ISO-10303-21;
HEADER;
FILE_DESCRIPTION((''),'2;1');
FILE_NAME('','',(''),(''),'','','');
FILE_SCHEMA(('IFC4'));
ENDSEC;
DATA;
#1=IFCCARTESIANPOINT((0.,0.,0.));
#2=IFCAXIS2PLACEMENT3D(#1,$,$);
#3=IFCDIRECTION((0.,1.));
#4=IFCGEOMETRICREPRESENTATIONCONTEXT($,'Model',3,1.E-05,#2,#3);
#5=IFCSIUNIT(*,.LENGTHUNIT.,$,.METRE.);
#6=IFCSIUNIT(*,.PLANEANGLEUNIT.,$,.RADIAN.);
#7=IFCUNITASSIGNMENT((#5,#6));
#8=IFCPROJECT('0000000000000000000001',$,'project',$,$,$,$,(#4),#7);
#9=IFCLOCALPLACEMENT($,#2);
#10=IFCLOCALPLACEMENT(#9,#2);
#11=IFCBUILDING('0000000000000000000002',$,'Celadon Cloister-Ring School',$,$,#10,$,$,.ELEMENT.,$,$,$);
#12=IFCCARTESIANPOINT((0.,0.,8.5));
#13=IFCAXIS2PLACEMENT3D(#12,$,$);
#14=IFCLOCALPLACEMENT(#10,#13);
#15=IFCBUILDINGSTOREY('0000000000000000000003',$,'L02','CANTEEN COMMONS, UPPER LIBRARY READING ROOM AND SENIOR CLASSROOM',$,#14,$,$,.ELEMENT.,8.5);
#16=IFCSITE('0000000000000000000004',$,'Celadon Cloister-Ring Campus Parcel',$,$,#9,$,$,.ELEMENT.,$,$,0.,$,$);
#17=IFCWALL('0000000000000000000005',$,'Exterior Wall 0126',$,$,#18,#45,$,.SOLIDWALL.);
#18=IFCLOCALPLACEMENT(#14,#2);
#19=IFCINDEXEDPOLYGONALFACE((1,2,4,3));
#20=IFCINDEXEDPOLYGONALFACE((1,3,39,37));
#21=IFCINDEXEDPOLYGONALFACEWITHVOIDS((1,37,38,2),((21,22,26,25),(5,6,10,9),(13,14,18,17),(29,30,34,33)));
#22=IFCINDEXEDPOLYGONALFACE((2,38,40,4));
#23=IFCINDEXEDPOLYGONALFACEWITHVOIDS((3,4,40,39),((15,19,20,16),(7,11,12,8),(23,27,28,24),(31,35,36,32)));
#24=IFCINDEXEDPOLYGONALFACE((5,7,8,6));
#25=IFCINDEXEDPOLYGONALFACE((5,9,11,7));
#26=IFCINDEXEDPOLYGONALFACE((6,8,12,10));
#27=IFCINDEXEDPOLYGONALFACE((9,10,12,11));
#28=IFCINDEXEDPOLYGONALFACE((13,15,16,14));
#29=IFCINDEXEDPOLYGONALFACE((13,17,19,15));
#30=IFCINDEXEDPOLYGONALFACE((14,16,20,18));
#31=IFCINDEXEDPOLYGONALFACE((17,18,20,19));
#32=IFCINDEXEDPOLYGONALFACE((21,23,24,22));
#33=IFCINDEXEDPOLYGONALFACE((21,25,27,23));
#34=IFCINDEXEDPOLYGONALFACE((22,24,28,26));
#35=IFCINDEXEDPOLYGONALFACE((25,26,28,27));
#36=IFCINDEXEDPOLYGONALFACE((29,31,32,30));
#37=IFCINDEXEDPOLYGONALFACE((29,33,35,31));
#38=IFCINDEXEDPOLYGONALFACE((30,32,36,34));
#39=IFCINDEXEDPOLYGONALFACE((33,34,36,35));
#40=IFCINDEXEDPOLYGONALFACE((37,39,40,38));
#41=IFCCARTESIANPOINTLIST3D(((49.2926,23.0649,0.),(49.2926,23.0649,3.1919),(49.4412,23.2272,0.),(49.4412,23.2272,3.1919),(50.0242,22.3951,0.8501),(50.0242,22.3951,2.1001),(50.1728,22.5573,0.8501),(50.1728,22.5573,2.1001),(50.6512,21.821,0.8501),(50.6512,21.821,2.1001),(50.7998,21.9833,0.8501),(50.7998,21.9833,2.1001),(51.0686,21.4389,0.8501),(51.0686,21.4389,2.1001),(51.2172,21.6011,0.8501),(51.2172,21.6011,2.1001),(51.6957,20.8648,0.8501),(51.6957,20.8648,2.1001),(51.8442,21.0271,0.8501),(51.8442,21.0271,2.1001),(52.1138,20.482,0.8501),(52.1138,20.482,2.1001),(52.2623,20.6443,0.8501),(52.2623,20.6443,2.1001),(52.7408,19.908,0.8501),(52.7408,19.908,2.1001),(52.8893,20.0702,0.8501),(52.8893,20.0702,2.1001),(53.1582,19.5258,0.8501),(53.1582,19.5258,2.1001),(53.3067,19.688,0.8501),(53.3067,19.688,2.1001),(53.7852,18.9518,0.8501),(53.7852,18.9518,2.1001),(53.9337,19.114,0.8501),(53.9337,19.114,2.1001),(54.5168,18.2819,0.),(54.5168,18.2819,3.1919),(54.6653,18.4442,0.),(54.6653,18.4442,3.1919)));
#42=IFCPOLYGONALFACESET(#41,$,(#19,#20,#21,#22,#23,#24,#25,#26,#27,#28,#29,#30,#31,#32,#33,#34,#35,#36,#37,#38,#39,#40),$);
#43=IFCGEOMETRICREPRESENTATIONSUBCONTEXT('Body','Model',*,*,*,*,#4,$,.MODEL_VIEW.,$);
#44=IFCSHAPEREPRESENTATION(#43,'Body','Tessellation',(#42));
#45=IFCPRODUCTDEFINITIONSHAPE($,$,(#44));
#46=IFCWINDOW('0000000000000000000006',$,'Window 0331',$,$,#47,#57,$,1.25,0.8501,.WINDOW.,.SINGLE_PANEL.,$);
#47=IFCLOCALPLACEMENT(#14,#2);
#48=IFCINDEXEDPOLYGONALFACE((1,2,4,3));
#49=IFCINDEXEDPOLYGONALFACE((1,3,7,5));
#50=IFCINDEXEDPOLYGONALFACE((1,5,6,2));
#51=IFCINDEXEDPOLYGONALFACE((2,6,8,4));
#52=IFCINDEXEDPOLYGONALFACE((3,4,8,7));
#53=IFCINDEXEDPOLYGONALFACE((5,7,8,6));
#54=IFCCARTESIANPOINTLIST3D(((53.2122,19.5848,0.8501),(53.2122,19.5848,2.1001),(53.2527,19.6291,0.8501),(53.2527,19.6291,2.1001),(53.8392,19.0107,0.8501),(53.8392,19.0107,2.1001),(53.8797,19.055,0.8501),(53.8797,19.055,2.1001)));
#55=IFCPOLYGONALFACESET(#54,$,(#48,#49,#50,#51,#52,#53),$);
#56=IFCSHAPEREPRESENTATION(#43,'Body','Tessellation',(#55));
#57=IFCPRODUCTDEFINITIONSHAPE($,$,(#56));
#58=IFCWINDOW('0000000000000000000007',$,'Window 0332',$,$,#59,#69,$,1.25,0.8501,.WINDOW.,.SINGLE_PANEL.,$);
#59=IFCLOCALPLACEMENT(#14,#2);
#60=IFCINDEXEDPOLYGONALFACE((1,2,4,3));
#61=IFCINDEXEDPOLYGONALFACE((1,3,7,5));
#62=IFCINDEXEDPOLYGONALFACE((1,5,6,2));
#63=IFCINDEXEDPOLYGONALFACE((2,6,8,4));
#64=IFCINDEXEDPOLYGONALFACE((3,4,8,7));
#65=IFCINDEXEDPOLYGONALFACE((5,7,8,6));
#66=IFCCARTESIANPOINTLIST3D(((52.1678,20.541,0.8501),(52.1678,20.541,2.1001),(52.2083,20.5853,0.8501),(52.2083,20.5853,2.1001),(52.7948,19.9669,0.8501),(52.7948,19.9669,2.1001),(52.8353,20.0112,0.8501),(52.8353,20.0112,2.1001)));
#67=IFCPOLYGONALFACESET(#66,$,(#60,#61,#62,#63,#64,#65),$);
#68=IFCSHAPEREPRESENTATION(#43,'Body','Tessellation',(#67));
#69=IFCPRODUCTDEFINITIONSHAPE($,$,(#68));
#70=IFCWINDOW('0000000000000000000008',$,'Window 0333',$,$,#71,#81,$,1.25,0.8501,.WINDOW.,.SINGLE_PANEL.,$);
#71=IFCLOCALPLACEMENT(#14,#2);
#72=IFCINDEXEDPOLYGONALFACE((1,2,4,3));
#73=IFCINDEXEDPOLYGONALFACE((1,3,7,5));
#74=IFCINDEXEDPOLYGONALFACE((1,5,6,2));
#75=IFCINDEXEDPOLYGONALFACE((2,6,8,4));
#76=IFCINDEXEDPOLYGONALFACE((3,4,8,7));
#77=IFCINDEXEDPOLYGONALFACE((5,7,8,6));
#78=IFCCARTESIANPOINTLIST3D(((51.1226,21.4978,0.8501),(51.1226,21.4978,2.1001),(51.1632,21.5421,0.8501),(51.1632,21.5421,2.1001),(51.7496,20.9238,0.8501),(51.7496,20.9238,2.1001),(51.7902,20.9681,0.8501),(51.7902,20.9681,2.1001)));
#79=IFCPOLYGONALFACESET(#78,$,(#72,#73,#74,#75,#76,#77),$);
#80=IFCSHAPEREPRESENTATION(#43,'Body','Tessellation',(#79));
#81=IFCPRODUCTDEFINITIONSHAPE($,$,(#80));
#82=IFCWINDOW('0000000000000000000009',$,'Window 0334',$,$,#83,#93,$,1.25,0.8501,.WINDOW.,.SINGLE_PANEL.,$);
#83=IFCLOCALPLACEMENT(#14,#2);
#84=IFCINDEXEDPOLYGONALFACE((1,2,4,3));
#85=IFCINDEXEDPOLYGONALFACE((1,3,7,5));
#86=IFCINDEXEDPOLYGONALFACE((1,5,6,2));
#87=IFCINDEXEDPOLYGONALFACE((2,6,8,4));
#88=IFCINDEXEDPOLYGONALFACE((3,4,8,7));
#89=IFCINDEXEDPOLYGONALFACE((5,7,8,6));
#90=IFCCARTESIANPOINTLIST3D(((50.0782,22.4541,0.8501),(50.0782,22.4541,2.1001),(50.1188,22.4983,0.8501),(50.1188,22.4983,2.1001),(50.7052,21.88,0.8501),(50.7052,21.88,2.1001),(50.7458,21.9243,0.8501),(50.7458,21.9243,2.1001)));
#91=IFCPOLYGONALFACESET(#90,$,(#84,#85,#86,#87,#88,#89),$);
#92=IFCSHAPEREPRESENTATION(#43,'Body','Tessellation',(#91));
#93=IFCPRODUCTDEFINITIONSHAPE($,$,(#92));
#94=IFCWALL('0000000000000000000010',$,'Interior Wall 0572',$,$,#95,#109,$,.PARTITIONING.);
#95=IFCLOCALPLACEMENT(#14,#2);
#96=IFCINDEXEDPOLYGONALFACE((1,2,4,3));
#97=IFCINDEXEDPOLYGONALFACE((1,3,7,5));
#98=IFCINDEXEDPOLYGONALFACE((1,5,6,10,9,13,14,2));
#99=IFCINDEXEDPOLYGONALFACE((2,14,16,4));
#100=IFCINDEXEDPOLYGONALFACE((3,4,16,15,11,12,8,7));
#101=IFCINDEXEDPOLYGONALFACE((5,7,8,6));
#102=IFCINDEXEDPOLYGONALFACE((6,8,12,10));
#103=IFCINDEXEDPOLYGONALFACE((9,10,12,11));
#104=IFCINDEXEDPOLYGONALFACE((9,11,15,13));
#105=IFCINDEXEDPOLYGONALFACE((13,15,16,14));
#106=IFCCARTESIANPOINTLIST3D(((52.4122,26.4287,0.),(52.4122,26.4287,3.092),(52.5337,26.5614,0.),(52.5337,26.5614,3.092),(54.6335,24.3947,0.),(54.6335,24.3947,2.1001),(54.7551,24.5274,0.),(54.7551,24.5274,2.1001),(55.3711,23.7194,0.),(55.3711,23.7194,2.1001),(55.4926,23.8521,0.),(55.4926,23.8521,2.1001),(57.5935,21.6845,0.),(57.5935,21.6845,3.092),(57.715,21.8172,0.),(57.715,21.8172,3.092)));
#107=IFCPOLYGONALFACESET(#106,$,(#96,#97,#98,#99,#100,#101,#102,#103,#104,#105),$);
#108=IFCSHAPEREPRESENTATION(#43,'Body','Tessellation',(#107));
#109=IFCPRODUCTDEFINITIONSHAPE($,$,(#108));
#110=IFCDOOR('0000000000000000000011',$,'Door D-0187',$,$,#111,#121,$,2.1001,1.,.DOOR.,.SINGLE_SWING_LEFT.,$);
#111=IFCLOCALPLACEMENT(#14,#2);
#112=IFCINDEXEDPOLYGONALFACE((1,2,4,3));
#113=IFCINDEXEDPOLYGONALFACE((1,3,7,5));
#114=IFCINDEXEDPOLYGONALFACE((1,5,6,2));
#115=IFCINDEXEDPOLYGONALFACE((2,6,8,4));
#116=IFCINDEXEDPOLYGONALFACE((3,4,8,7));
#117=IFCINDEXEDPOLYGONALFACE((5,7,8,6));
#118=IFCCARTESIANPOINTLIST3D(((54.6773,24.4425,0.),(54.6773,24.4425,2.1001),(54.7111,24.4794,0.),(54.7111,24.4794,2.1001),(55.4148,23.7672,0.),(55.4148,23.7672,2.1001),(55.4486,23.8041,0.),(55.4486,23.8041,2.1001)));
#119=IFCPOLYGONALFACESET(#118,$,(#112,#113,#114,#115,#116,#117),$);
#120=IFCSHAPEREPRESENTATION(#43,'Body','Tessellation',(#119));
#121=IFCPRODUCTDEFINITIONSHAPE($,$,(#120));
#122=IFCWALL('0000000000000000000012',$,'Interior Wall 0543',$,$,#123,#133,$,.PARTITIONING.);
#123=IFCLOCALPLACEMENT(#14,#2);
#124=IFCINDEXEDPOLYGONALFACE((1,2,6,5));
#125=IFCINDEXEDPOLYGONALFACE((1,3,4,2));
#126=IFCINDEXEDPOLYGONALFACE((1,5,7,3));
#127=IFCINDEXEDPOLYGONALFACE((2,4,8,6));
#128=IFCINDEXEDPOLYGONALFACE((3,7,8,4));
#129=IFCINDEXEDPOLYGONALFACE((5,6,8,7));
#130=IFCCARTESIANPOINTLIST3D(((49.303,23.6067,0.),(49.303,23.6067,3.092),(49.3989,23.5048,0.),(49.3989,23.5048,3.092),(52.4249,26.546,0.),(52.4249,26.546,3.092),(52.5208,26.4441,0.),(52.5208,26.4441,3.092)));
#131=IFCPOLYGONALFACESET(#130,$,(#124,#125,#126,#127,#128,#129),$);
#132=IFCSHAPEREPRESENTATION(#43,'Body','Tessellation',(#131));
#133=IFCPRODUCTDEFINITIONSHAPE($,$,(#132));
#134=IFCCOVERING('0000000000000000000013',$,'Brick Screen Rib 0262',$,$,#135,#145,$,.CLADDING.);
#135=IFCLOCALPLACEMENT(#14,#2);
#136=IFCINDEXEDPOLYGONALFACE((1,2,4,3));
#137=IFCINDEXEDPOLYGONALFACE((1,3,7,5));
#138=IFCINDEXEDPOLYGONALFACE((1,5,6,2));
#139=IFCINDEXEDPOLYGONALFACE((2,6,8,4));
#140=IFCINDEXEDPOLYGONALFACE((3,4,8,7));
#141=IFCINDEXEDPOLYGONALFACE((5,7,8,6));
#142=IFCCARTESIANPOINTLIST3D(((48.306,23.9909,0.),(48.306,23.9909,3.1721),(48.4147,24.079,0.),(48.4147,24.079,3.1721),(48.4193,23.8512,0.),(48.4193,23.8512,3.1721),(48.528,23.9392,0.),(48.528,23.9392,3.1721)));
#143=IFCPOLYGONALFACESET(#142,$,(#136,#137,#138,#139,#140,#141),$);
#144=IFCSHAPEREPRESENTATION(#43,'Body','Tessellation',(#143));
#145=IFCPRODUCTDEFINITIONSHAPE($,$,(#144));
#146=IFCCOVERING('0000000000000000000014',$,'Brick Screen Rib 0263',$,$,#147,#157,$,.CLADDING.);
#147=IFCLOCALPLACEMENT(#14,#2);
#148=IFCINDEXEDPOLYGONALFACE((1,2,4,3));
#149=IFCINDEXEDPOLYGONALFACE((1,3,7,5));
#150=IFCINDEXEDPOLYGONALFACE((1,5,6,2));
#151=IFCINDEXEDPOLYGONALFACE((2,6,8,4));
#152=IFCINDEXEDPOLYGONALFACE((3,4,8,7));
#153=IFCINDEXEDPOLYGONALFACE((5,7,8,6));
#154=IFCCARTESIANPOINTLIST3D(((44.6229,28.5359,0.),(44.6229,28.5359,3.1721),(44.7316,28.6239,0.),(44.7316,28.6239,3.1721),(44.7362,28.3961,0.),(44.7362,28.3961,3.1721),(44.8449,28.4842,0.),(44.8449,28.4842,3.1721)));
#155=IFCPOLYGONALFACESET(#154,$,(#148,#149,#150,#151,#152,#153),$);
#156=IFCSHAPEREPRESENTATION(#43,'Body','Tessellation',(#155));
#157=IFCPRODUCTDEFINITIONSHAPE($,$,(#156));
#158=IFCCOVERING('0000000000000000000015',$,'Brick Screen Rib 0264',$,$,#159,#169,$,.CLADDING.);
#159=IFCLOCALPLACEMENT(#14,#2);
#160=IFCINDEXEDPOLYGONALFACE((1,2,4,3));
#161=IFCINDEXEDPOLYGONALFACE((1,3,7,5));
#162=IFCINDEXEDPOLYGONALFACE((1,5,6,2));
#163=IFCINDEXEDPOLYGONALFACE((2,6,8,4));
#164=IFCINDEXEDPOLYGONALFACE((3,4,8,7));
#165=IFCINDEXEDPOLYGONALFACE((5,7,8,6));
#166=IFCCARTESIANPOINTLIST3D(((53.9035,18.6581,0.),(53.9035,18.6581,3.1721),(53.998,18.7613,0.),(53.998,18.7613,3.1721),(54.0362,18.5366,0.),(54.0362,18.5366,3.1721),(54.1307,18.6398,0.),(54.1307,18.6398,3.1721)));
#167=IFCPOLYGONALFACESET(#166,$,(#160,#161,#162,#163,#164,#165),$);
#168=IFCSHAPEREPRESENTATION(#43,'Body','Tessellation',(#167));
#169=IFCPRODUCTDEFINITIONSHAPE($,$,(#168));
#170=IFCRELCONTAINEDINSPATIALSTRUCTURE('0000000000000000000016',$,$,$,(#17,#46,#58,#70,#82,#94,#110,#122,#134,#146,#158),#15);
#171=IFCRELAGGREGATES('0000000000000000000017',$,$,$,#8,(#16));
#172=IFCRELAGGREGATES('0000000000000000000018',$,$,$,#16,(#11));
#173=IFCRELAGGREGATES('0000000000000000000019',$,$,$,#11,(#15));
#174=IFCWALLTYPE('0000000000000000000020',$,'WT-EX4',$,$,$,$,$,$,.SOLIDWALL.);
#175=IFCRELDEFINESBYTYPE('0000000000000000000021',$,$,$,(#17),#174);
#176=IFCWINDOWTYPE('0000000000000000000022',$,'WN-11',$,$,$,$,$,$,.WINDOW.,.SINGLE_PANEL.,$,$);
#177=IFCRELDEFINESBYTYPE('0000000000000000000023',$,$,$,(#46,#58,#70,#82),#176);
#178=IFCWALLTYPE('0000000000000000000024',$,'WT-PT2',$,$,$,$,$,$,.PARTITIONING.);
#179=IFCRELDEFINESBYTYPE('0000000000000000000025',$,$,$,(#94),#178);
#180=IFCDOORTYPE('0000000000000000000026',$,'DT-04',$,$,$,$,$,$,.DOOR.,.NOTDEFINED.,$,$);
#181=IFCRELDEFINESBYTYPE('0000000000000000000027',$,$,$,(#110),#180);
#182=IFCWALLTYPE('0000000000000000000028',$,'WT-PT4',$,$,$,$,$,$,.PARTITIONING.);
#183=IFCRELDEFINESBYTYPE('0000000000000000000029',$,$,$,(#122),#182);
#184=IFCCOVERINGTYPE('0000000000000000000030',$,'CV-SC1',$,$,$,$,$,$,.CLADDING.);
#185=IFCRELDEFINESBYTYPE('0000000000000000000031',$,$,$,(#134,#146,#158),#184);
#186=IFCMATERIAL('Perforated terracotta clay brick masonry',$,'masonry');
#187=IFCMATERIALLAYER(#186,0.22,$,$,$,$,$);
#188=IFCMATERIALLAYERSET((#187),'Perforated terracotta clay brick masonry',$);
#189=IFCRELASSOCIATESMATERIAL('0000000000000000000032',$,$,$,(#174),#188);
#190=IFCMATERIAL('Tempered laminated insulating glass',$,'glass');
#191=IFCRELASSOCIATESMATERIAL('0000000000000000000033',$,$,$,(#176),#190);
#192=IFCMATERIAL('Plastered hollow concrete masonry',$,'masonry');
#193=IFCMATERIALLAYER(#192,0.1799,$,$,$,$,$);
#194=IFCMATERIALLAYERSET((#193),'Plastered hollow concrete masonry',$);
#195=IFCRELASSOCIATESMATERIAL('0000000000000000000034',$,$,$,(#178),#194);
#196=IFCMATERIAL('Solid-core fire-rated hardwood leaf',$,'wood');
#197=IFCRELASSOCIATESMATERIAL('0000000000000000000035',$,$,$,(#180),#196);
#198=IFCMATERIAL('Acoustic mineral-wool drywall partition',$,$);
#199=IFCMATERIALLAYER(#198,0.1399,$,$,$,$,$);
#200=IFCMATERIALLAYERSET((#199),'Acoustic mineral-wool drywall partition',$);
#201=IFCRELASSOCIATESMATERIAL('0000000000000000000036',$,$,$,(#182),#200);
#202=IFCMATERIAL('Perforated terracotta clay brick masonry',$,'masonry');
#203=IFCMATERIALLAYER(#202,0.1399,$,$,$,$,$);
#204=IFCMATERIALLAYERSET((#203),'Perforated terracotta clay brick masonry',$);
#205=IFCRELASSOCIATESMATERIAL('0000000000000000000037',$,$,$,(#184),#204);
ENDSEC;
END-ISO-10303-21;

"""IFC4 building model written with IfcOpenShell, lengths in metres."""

from ifc_helpers import new_model, si_unit, direction, frame, frame_2d, origin, origin_2d, place, context, subcontext, project, spatial, rectangle, extrude, material, layer, layer_set, type_object, element, fill, save


model = new_model("IFC4")

# Units and contexts
model_context = context("Model", 3, precision=1e-05, world=origin(), true_north=direction((0.0, 1.0)))
body_context = subcontext(model_context, "Body", "Model", "MODEL_VIEW")
ifc_project = project(units=[si_unit("LENGTHUNIT", "METRE"), si_unit("PLANEANGLEUNIT", "RADIAN")], contexts=[model_context])

# Site, building, storey
site_placement = place(None, origin())
site = spatial("IfcSite", under=ifc_project, at=site_placement, Name="Celadon Cloister-Ring Campus Parcel", CompositionType="ELEMENT", RefElevation=0.0)
building_placement = place(site_placement, origin())
building = spatial("IfcBuilding", under=site, at=building_placement, Name="Celadon Cloister-Ring School", CompositionType="ELEMENT")
storey_placement = place(building_placement, frame((0.0, 0.0, 8.5)))
storey = spatial("IfcBuildingStorey", under=building, at=storey_placement, Name="L02", Description="CANTEEN COMMONS, UPPER LIBRARY READING ROOM AND SENIOR CLASSROOM", CompositionType="ELEMENT", Elevation=8.5)

# Wall, openings, windows
ifc_material_1 = material(Name="Perforated terracotta clay brick masonry", Category="masonry")
ifc_layer_1 = layer(ifc_material_1, 0.22)
ifc_layer_set_1 = layer_set([ifc_layer_1], Name="Perforated terracotta clay brick masonry")
wall_type_1 = type_object("IfcWallType", Name="WT-EX4", PredefinedType="SOLIDWALL", material=ifc_layer_set_1)
ifc_material_2 = material(Name="Tempered laminated insulating glass", Category="glass")
window_type_1 = type_object("IfcWindowType", Name="WN-11", PartitioningType="SINGLE_PANEL", PredefinedType="WINDOW", material=ifc_material_2)
wall_1_placement = place(storey_placement, frame((54.5911, 18.363, 0.0), z_axis=(0.0, 0.0, 1.0), x_axis=(-0.737563, 0.675278, 0.0)))
wall_1 = element("IfcWall", 1, at=wall_1_placement, inside=storey, type_object=wall_type_1, Name="Exterior Wall 0126", PredefinedType="SOLIDWALL", context=body_context, shape_type="SweptSolid", body=[
    extrude(rectangle(XDim=7.083, YDim=0.22, at=frame_2d((3.5415, 0.0))), origin(), (0.0, 0.0, 1.0), 3.1919),
])
opening_1_placement = place(wall_1_placement, frame((0.9919, 0.0, 0.8501)))
opening_1 = element("IfcOpeningElement", 2, at=opening_1_placement, cuts=wall_1, PredefinedType="OPENING", context=body_context, shape_type="SweptSolid", body=[
    extrude(rectangle(XDim=0.8501, YDim=1.25, at=frame_2d((0.425, 0.625))), frame((0.0, 0.1201, 0.0), z_axis=(0.0, -1.0, 0.0), x_axis=(1.0, 0.0, 0.0)), (0.0, 0.0, 1.0), 0.24),
])
opening_2_placement = place(wall_1_placement, frame((2.408, 0.0, 0.8501)))
opening_2 = element("IfcOpeningElement", 3, at=opening_2_placement, cuts=wall_1, PredefinedType="OPENING", context=body_context, shape_type="SweptSolid", body=[
    extrude(rectangle(XDim=0.8501, YDim=1.25, at=frame_2d((0.425, 0.625))), frame((0.0, 0.1201, 0.0), z_axis=(0.0, -1.0, 0.0), x_axis=(1.0, 0.0, 0.0)), (0.0, 0.0, 1.0), 0.24),
])
opening_3_placement = place(wall_1_placement, frame((3.825, 0.0, 0.8501)))
opening_3 = element("IfcOpeningElement", 4, at=opening_3_placement, cuts=wall_1, PredefinedType="OPENING", context=body_context, shape_type="SweptSolid", body=[
    extrude(rectangle(XDim=0.8501, YDim=1.25, at=frame_2d((0.425, 0.625))), frame((0.0, 0.1201, 0.0), z_axis=(0.0, -1.0, 0.0), x_axis=(1.0, 0.0, 0.0)), (0.0, 0.0, 1.0), 0.24),
])
opening_4_placement = place(wall_1_placement, frame((5.241, 0.0, 0.8501)))
opening_4 = element("IfcOpeningElement", 5, at=opening_4_placement, cuts=wall_1, PredefinedType="OPENING", context=body_context, shape_type="SweptSolid", body=[
    extrude(rectangle(XDim=0.8501, YDim=1.25, at=frame_2d((0.425, 0.625))), frame((0.0, 0.1201, 0.0), z_axis=(0.0, -1.0, 0.0), x_axis=(1.0, 0.0, 0.0)), (0.0, 0.0, 1.0), 0.24),
])
window_1_placement = place(opening_1_placement, origin())
window_1 = element("IfcWindow", 6, at=window_1_placement, inside=storey, type_object=window_type_1, Name="Window 0331", OverallHeight=1.25, OverallWidth=0.8501, PartitioningType="SINGLE_PANEL", PredefinedType="WINDOW", context=body_context, shape_type="SweptSolid", body=[
    extrude(rectangle(XDim=0.8501, YDim=1.25, at=frame_2d((0.425, 0.625))), frame((0.0, 0.03, 0.0), z_axis=(0.0, -1.0, 0.0), x_axis=(1.0, 0.0, 0.0)), (0.0, 0.0, 1.0), 0.0601),
])
fill(opening_1, window_1)
window_2_placement = place(opening_2_placement, origin())
window_2 = element("IfcWindow", 7, at=window_2_placement, inside=storey, type_object=window_type_1, Name="Window 0332", OverallHeight=1.25, OverallWidth=0.8501, PartitioningType="SINGLE_PANEL", PredefinedType="WINDOW", context=body_context, shape_type="SweptSolid", body=[
    extrude(rectangle(XDim=0.8501, YDim=1.25, at=frame_2d((0.425, 0.625))), frame((0.0, 0.03, 0.0), z_axis=(0.0, -1.0, 0.0), x_axis=(1.0, 0.0, 0.0)), (0.0, 0.0, 1.0), 0.0601),
])
fill(opening_2, window_2)
window_3_placement = place(opening_3_placement, origin())
window_3 = element("IfcWindow", 8, at=window_3_placement, inside=storey, type_object=window_type_1, Name="Window 0333", OverallHeight=1.25, OverallWidth=0.8501, PartitioningType="SINGLE_PANEL", PredefinedType="WINDOW", context=body_context, shape_type="SweptSolid", body=[
    extrude(rectangle(XDim=0.8501, YDim=1.25, at=frame_2d((0.425, 0.625))), frame((0.0, 0.03, 0.0), z_axis=(0.0, -1.0, 0.0), x_axis=(1.0, 0.0, 0.0)), (0.0, 0.0, 1.0), 0.0601),
])
fill(opening_3, window_3)
window_4_placement = place(opening_4_placement, origin())
window_4 = element("IfcWindow", 9, at=window_4_placement, inside=storey, type_object=window_type_1, Name="Window 0334", OverallHeight=1.25, OverallWidth=0.8501, PartitioningType="SINGLE_PANEL", PredefinedType="WINDOW", context=body_context, shape_type="SweptSolid", body=[
    extrude(rectangle(XDim=0.8501, YDim=1.25, at=frame_2d((0.425, 0.625))), frame((0.0, 0.03, 0.0), z_axis=(0.0, -1.0, 0.0), x_axis=(1.0, 0.0, 0.0)), (0.0, 0.0, 1.0), 0.0601),
])
fill(opening_4, window_4)

# Wall, opening, door
ifc_material_3 = material(Name="Plastered hollow concrete masonry", Category="masonry")
ifc_layer_2 = layer(ifc_material_3, 0.1799)
ifc_layer_set_2 = layer_set([ifc_layer_2], Name="Plastered hollow concrete masonry")
wall_type_2 = type_object("IfcWallType", Name="WT-PT2", PredefinedType="PARTITIONING", material=ifc_layer_set_2)
wall_2_placement = place(storey_placement, frame((52.4729, 26.4951, 0.0), z_axis=(0.0, 0.0, 1.0), x_axis=(0.737526, -0.675319, 0.0)))
wall_2 = element("IfcWall", 10, at=wall_2_placement, inside=storey, type_object=wall_type_2, Name="Interior Wall 0572", PredefinedType="PARTITIONING", context=body_context, shape_type="SweptSolid", body=[
    extrude(rectangle(XDim=7.0251, YDim=0.1799, at=frame_2d((3.5127, 0.0))), origin(), (0.0, 0.0, 1.0), 3.092),
])
opening_5_placement = place(wall_2_placement, frame((3.012, 0.0, 0.0)))
opening_5 = element("IfcOpeningElement", 11, at=opening_5_placement, cuts=wall_2, PredefinedType="OPENING", context=body_context, shape_type="SweptSolid", body=[
    extrude(rectangle(XDim=1.0, YDim=2.1001, at=frame_2d((0.5, 1.05))), frame((0.0, 0.1001, 0.0), z_axis=(0.0, -1.0, 0.0), x_axis=(1.0, 0.0, 0.0)), (0.0, 0.0, 1.0), 0.2),
])
ifc_material_4 = material(Name="Solid-core fire-rated hardwood leaf", Category="wood")
door_type = type_object("IfcDoorType", Name="DT-04", OperationType="NOTDEFINED", PredefinedType="DOOR", material=ifc_material_4)
door_placement = place(opening_5_placement, origin())
door = element("IfcDoor", 12, at=door_placement, inside=storey, type_object=door_type, Name="Door D-0187", OperationType="SINGLE_SWING_LEFT", OverallHeight=2.1001, OverallWidth=1.0, PredefinedType="DOOR", context=body_context, shape_type="SweptSolid", body=[
    extrude(rectangle(XDim=1.0, YDim=2.1001, at=frame_2d((0.5, 1.05))), frame((0.0, 0.0249, 0.0), z_axis=(0.0, -1.0, 0.0), x_axis=(1.0, 0.0, 0.0)), (0.0, 0.0, 1.0), 0.05),
])
fill(opening_5, door)

# Wall
ifc_material_5 = material(Name="Acoustic mineral-wool drywall partition")
ifc_layer_3 = layer(ifc_material_5, 0.1399)
ifc_layer_set_3 = layer_set([ifc_layer_3], Name="Acoustic mineral-wool drywall partition")
wall_type_3 = type_object("IfcWallType", Name="WT-PT4", PredefinedType="PARTITIONING", material=ifc_layer_set_3)
wall_3_placement = place(storey_placement, frame((52.4729, 26.4951, 0.0), z_axis=(0.0, 0.0, 1.0), x_axis=(-0.728081, -0.685491, 0.0)))
element("IfcWall", 13, at=wall_3_placement, inside=storey, type_object=wall_type_3, Name="Interior Wall 0543", PredefinedType="PARTITIONING", context=body_context, shape_type="SweptSolid", body=[
    extrude(rectangle(XDim=4.2878, YDim=0.1399, at=frame_2d((2.144, 0.0))), origin(), (0.0, 0.0, 1.0), 3.092),
])

# Coverings
ifc_material_6 = material(Name="Perforated terracotta clay brick masonry", Category="masonry")
ifc_layer_4 = layer(ifc_material_6, 0.1399)
ifc_layer_set_4 = layer_set([ifc_layer_4], Name="Perforated terracotta clay brick masonry")
covering_type = type_object("IfcCoveringType", Name="CV-SC1", PredefinedType="CLADDING", material=ifc_layer_set_4)
for number, where, z_axis, x_axis, name in (
    (14, (48.417, 23.9651, 0.0), (0.0, 0.0, 1.0), (-0.629605, 0.776915, 0.0), "Brick Screen Rib 0262"),
    (15, (44.7339, 28.51, 0.0), (0.0, 0.0, 1.0), (-0.629605, 0.776915, 0.0), "Brick Screen Rib 0263"),
    (16, (54.0171, 18.6489, 0.0), (0.0, 0.0, 1.0), (-0.737548, 0.675294, 0.0), "Brick Screen Rib 0264"),
):
    element("IfcCovering", number, at=place(storey_placement, frame(where, z_axis=z_axis, x_axis=x_axis)), inside=storey, type_object=covering_type, Name=name, PredefinedType="CLADDING", context=body_context, shape_type="SweptSolid", body=[
        extrude(rectangle(XDim=0.1799, YDim=0.1399, at=origin_2d()), origin(), (0.0, 0.0, 1.0), 3.1721),
    ])

save(model, "model.ifc")
